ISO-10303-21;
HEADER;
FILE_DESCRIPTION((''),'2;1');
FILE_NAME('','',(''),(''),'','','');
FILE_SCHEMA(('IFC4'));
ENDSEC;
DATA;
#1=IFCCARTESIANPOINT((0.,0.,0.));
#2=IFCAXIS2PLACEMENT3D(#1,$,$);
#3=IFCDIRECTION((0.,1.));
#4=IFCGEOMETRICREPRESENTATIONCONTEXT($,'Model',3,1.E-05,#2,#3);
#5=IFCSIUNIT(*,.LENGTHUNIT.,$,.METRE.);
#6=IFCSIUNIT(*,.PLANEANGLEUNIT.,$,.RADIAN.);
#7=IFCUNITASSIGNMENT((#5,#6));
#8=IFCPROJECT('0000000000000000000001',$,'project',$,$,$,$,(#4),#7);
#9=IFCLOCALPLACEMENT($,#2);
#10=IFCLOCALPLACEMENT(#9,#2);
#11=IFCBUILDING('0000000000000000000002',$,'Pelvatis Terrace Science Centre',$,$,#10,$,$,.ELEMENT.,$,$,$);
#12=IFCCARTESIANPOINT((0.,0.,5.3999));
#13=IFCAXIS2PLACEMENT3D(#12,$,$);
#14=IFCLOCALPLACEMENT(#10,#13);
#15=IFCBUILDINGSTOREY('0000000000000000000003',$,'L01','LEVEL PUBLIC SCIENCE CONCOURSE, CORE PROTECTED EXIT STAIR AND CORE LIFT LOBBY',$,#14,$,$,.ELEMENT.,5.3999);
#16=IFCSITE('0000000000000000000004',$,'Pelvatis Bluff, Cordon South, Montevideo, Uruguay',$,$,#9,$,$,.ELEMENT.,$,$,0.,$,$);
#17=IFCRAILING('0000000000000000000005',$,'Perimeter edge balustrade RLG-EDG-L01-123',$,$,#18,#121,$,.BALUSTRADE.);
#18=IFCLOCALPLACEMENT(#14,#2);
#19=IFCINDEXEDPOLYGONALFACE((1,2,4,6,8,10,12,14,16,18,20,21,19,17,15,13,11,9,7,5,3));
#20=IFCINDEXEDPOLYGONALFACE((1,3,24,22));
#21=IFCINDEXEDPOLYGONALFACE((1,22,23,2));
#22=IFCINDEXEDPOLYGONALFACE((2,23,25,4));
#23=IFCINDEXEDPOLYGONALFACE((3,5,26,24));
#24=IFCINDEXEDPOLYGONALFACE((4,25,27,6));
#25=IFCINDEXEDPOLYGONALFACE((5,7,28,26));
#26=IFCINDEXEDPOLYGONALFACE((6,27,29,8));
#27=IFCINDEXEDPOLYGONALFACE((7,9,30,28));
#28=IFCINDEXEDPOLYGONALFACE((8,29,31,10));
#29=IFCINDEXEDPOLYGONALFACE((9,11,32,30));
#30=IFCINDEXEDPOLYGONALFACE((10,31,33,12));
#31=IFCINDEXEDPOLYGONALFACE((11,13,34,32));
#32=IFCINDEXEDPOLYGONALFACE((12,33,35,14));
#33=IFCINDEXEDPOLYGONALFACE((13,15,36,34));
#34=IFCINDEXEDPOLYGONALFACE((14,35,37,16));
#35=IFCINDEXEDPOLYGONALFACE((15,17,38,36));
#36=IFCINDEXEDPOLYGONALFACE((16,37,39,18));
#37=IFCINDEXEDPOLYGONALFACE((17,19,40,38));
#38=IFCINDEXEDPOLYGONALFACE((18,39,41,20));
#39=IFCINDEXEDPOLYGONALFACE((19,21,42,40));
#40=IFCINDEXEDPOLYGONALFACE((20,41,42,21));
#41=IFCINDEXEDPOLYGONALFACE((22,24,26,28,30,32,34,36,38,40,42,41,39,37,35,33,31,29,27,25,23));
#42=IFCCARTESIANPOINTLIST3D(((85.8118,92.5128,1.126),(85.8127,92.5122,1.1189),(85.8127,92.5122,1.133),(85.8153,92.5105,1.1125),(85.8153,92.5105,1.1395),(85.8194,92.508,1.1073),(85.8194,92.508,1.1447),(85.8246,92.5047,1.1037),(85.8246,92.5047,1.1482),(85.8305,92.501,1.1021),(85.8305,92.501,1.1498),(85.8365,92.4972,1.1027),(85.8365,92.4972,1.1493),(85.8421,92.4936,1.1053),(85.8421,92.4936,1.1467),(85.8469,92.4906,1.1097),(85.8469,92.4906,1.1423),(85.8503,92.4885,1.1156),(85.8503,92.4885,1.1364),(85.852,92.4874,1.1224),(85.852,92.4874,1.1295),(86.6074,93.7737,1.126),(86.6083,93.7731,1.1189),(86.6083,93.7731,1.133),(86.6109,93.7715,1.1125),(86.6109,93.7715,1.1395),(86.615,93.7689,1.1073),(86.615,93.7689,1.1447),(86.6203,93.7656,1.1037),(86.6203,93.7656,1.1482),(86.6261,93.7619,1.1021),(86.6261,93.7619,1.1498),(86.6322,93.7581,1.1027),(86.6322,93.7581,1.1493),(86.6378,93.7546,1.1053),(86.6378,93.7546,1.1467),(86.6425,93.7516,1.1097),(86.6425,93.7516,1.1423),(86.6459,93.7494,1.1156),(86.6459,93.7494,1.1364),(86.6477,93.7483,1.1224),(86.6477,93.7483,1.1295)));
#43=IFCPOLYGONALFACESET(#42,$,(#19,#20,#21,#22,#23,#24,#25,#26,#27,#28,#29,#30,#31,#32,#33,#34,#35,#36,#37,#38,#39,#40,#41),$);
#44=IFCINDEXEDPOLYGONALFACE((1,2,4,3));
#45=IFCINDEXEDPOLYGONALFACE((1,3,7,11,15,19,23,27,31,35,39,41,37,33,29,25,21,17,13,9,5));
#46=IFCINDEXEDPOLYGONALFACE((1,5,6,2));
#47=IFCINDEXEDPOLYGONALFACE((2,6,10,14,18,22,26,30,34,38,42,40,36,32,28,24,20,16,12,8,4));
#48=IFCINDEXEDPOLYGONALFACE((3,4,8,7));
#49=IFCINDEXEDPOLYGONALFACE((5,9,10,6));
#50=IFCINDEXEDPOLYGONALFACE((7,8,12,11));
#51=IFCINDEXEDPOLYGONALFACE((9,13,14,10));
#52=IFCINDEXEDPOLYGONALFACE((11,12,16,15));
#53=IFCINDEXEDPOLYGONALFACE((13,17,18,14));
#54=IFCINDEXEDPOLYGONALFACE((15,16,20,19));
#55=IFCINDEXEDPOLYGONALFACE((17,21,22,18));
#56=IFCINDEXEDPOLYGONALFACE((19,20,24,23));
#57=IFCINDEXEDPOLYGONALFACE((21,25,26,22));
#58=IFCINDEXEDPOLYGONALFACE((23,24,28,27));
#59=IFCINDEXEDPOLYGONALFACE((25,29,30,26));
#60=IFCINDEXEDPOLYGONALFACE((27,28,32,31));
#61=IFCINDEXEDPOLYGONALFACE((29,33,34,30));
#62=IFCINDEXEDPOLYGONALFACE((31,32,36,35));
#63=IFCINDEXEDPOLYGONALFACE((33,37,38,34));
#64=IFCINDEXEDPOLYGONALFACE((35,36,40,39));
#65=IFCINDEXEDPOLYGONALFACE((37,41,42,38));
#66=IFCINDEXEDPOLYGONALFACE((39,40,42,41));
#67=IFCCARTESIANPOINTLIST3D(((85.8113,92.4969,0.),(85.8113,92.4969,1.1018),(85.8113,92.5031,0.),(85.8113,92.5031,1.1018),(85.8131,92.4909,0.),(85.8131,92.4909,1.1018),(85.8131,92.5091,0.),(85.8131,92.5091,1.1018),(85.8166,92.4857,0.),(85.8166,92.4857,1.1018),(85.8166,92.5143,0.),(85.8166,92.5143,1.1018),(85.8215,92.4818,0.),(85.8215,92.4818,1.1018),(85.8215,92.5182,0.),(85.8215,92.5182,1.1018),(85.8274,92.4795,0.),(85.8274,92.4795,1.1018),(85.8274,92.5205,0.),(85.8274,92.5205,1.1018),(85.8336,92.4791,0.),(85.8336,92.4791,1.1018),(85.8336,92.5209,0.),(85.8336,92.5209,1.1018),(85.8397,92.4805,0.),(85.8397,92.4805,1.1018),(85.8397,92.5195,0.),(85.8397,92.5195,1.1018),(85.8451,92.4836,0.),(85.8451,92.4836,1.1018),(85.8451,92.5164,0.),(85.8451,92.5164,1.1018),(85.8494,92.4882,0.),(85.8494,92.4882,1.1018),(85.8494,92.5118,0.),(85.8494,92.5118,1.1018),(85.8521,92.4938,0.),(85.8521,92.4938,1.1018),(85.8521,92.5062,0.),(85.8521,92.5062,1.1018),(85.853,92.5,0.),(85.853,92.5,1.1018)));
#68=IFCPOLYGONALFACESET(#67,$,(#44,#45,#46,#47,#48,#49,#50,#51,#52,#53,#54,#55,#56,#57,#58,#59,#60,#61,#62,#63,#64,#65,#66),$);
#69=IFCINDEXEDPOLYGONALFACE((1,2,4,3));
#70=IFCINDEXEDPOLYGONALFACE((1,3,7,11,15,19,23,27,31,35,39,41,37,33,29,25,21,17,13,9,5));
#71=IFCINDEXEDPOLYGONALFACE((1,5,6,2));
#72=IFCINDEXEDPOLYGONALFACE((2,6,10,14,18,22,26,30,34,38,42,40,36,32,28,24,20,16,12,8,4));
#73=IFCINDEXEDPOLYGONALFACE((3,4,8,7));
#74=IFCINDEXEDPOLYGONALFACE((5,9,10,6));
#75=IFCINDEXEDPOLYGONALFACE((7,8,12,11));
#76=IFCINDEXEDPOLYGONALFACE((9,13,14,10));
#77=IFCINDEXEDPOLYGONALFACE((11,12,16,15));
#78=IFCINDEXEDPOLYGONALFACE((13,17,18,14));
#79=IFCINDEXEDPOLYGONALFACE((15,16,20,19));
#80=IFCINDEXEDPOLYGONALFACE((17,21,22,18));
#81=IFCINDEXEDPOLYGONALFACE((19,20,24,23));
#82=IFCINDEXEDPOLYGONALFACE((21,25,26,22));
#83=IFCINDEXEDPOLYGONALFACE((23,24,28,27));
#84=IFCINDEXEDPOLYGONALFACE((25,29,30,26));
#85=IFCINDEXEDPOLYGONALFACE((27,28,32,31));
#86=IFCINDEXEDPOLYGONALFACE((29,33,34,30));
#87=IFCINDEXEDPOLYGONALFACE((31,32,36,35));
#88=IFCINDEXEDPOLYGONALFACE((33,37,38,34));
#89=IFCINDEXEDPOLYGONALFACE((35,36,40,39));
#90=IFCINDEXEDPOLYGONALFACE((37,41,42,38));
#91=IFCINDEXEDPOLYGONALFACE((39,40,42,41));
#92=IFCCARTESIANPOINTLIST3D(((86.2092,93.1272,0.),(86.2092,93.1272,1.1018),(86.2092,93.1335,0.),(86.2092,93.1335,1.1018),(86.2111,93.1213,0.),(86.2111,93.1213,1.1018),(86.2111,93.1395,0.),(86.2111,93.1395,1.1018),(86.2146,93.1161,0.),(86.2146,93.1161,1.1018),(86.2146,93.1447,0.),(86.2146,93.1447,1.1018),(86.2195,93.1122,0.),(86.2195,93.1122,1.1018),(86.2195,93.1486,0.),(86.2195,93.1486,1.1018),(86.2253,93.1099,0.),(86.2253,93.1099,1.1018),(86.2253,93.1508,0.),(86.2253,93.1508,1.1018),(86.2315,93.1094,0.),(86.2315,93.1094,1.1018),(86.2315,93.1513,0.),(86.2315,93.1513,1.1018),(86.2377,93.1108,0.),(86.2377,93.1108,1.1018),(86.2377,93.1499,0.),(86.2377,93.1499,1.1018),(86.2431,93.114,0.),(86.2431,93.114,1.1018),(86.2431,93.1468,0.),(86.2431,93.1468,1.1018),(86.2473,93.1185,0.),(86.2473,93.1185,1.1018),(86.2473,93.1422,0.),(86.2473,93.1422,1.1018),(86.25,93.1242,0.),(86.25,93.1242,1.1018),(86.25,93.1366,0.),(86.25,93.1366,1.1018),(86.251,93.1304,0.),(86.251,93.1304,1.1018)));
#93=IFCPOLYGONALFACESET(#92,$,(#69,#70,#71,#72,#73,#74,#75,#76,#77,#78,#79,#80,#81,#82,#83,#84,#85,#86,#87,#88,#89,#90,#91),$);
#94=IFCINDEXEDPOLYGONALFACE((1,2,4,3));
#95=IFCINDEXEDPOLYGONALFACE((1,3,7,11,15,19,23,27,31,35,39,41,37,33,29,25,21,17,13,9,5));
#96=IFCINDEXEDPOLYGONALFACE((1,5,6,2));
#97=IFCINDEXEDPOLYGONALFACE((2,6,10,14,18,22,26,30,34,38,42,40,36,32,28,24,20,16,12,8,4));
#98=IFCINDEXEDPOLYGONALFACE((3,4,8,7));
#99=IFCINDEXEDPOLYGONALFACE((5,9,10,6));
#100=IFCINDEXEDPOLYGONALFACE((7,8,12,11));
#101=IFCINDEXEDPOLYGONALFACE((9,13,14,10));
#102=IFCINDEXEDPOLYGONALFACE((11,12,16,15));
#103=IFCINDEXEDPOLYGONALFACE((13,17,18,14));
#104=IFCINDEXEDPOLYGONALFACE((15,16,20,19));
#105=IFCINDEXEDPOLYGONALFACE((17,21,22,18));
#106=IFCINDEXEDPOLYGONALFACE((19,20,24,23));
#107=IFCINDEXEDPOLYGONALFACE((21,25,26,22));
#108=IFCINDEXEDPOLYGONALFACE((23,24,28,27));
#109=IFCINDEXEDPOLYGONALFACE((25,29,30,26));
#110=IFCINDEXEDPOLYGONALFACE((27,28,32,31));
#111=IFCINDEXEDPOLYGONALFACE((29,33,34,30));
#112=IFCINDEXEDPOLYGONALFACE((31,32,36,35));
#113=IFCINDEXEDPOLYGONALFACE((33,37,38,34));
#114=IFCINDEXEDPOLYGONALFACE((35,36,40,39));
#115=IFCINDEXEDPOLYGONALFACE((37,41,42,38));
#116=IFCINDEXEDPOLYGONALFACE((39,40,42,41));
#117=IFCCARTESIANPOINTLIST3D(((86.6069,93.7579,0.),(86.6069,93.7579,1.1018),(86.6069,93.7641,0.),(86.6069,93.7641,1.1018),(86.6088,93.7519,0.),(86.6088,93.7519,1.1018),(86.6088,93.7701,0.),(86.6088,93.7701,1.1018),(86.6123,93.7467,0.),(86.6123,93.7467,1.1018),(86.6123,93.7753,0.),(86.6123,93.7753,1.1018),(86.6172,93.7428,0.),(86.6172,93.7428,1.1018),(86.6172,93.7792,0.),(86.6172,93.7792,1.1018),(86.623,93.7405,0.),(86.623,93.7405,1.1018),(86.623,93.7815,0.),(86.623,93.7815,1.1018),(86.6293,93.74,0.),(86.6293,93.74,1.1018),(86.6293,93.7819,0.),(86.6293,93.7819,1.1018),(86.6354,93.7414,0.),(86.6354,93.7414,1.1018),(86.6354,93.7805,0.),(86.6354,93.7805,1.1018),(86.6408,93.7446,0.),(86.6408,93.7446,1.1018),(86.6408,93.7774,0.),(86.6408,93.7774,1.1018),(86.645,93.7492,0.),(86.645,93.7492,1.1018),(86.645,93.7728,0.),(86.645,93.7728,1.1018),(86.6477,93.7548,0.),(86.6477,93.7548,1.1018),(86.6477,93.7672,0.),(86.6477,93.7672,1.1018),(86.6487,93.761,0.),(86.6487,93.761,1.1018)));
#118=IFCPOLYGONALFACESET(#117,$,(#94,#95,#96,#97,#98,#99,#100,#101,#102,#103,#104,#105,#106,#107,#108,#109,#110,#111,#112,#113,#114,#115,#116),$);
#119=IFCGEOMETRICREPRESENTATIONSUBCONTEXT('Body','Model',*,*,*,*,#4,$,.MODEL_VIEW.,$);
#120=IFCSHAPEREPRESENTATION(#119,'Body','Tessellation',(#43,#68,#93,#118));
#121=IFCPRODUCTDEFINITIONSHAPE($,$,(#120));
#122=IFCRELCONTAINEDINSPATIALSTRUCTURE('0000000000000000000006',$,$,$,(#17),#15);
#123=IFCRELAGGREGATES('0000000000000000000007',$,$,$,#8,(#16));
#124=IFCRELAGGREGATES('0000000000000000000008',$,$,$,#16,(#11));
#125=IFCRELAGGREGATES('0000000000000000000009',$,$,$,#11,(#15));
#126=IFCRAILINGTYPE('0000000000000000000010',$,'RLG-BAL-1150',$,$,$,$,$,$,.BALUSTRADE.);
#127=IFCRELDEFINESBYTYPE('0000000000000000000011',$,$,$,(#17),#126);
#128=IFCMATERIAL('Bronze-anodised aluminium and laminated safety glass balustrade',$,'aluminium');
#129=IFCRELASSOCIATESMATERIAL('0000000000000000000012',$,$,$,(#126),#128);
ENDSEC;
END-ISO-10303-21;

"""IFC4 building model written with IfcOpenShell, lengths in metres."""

from ifc_helpers import new_model, si_unit, direction, frame, origin, origin_2d, place, context, subcontext, project, spatial, circle, extrude, material, type_object, element, save


model = new_model("IFC4")

# Units and contexts
model_context = context("Model", 3, precision=1e-05, world=origin(), true_north=direction((0.0, 1.0)))
body_context = subcontext(model_context, "Body", "Model", "MODEL_VIEW")
ifc_project = project(units=[si_unit("LENGTHUNIT", "METRE"), si_unit("PLANEANGLEUNIT", "RADIAN")], contexts=[model_context])

# Site, building, storey
site_placement = place(None, origin())
site = spatial("IfcSite", under=ifc_project, at=site_placement, Name="Pelvatis Bluff, Cordon South, Montevideo, Uruguay", CompositionType="ELEMENT", RefElevation=0.0)
building_placement = place(site_placement, origin())
building = spatial("IfcBuilding", under=site, at=building_placement, Name="Pelvatis Terrace Science Centre", CompositionType="ELEMENT")
storey_placement = place(building_placement, frame((0.0, 0.0, 5.3999)))
storey = spatial("IfcBuildingStorey", under=building, at=storey_placement, Name="L01", Description="LEVEL PUBLIC SCIENCE CONCOURSE, CORE PROTECTED EXIT STAIR AND CORE LIFT LOBBY", CompositionType="ELEMENT", Elevation=5.3999)

# Railing
ifc_material_1 = material(Name="Bronze-anodised aluminium and laminated safety glass balustrade", Category="aluminium")
railing_type = type_object("IfcRailingType", Name="RLG-BAL-1150", PredefinedType="BALUSTRADE", material=ifc_material_1)
railing_1_placement = place(storey_placement, frame((85.832, 92.5, 0.0)))
element("IfcRailing", 1, at=railing_1_placement, inside=storey, type_object=railing_type, Name="Perimeter edge balustrade RLG-EDG-L01-123", PredefinedType="BALUSTRADE", context=body_context, shape_type="SweptSolid", body=[
    extrude(circle(Radius=0.0239, at=origin_2d()), frame((0.0, 0.0, 1.126), z_axis=(0.533629, 0.845718, 0.0), x_axis=(-0.845718, 0.533629, 0.0)), (0.0, 0.0, 1.0), 1.491),
    extrude(circle(Radius=0.021, at=origin_2d()), origin(), (0.0, 0.0, 1.0), 1.1018),
    extrude(circle(Radius=0.021, at=origin_2d()), frame((0.3979, 0.6304, 0.0)), (0.0, 0.0, 1.0), 1.1018),
    extrude(circle(Radius=0.021, at=origin_2d()), frame((0.7957, 1.261, 0.0)), (0.0, 0.0, 1.0), 1.1018),
])

save(model, "model.ifc")
